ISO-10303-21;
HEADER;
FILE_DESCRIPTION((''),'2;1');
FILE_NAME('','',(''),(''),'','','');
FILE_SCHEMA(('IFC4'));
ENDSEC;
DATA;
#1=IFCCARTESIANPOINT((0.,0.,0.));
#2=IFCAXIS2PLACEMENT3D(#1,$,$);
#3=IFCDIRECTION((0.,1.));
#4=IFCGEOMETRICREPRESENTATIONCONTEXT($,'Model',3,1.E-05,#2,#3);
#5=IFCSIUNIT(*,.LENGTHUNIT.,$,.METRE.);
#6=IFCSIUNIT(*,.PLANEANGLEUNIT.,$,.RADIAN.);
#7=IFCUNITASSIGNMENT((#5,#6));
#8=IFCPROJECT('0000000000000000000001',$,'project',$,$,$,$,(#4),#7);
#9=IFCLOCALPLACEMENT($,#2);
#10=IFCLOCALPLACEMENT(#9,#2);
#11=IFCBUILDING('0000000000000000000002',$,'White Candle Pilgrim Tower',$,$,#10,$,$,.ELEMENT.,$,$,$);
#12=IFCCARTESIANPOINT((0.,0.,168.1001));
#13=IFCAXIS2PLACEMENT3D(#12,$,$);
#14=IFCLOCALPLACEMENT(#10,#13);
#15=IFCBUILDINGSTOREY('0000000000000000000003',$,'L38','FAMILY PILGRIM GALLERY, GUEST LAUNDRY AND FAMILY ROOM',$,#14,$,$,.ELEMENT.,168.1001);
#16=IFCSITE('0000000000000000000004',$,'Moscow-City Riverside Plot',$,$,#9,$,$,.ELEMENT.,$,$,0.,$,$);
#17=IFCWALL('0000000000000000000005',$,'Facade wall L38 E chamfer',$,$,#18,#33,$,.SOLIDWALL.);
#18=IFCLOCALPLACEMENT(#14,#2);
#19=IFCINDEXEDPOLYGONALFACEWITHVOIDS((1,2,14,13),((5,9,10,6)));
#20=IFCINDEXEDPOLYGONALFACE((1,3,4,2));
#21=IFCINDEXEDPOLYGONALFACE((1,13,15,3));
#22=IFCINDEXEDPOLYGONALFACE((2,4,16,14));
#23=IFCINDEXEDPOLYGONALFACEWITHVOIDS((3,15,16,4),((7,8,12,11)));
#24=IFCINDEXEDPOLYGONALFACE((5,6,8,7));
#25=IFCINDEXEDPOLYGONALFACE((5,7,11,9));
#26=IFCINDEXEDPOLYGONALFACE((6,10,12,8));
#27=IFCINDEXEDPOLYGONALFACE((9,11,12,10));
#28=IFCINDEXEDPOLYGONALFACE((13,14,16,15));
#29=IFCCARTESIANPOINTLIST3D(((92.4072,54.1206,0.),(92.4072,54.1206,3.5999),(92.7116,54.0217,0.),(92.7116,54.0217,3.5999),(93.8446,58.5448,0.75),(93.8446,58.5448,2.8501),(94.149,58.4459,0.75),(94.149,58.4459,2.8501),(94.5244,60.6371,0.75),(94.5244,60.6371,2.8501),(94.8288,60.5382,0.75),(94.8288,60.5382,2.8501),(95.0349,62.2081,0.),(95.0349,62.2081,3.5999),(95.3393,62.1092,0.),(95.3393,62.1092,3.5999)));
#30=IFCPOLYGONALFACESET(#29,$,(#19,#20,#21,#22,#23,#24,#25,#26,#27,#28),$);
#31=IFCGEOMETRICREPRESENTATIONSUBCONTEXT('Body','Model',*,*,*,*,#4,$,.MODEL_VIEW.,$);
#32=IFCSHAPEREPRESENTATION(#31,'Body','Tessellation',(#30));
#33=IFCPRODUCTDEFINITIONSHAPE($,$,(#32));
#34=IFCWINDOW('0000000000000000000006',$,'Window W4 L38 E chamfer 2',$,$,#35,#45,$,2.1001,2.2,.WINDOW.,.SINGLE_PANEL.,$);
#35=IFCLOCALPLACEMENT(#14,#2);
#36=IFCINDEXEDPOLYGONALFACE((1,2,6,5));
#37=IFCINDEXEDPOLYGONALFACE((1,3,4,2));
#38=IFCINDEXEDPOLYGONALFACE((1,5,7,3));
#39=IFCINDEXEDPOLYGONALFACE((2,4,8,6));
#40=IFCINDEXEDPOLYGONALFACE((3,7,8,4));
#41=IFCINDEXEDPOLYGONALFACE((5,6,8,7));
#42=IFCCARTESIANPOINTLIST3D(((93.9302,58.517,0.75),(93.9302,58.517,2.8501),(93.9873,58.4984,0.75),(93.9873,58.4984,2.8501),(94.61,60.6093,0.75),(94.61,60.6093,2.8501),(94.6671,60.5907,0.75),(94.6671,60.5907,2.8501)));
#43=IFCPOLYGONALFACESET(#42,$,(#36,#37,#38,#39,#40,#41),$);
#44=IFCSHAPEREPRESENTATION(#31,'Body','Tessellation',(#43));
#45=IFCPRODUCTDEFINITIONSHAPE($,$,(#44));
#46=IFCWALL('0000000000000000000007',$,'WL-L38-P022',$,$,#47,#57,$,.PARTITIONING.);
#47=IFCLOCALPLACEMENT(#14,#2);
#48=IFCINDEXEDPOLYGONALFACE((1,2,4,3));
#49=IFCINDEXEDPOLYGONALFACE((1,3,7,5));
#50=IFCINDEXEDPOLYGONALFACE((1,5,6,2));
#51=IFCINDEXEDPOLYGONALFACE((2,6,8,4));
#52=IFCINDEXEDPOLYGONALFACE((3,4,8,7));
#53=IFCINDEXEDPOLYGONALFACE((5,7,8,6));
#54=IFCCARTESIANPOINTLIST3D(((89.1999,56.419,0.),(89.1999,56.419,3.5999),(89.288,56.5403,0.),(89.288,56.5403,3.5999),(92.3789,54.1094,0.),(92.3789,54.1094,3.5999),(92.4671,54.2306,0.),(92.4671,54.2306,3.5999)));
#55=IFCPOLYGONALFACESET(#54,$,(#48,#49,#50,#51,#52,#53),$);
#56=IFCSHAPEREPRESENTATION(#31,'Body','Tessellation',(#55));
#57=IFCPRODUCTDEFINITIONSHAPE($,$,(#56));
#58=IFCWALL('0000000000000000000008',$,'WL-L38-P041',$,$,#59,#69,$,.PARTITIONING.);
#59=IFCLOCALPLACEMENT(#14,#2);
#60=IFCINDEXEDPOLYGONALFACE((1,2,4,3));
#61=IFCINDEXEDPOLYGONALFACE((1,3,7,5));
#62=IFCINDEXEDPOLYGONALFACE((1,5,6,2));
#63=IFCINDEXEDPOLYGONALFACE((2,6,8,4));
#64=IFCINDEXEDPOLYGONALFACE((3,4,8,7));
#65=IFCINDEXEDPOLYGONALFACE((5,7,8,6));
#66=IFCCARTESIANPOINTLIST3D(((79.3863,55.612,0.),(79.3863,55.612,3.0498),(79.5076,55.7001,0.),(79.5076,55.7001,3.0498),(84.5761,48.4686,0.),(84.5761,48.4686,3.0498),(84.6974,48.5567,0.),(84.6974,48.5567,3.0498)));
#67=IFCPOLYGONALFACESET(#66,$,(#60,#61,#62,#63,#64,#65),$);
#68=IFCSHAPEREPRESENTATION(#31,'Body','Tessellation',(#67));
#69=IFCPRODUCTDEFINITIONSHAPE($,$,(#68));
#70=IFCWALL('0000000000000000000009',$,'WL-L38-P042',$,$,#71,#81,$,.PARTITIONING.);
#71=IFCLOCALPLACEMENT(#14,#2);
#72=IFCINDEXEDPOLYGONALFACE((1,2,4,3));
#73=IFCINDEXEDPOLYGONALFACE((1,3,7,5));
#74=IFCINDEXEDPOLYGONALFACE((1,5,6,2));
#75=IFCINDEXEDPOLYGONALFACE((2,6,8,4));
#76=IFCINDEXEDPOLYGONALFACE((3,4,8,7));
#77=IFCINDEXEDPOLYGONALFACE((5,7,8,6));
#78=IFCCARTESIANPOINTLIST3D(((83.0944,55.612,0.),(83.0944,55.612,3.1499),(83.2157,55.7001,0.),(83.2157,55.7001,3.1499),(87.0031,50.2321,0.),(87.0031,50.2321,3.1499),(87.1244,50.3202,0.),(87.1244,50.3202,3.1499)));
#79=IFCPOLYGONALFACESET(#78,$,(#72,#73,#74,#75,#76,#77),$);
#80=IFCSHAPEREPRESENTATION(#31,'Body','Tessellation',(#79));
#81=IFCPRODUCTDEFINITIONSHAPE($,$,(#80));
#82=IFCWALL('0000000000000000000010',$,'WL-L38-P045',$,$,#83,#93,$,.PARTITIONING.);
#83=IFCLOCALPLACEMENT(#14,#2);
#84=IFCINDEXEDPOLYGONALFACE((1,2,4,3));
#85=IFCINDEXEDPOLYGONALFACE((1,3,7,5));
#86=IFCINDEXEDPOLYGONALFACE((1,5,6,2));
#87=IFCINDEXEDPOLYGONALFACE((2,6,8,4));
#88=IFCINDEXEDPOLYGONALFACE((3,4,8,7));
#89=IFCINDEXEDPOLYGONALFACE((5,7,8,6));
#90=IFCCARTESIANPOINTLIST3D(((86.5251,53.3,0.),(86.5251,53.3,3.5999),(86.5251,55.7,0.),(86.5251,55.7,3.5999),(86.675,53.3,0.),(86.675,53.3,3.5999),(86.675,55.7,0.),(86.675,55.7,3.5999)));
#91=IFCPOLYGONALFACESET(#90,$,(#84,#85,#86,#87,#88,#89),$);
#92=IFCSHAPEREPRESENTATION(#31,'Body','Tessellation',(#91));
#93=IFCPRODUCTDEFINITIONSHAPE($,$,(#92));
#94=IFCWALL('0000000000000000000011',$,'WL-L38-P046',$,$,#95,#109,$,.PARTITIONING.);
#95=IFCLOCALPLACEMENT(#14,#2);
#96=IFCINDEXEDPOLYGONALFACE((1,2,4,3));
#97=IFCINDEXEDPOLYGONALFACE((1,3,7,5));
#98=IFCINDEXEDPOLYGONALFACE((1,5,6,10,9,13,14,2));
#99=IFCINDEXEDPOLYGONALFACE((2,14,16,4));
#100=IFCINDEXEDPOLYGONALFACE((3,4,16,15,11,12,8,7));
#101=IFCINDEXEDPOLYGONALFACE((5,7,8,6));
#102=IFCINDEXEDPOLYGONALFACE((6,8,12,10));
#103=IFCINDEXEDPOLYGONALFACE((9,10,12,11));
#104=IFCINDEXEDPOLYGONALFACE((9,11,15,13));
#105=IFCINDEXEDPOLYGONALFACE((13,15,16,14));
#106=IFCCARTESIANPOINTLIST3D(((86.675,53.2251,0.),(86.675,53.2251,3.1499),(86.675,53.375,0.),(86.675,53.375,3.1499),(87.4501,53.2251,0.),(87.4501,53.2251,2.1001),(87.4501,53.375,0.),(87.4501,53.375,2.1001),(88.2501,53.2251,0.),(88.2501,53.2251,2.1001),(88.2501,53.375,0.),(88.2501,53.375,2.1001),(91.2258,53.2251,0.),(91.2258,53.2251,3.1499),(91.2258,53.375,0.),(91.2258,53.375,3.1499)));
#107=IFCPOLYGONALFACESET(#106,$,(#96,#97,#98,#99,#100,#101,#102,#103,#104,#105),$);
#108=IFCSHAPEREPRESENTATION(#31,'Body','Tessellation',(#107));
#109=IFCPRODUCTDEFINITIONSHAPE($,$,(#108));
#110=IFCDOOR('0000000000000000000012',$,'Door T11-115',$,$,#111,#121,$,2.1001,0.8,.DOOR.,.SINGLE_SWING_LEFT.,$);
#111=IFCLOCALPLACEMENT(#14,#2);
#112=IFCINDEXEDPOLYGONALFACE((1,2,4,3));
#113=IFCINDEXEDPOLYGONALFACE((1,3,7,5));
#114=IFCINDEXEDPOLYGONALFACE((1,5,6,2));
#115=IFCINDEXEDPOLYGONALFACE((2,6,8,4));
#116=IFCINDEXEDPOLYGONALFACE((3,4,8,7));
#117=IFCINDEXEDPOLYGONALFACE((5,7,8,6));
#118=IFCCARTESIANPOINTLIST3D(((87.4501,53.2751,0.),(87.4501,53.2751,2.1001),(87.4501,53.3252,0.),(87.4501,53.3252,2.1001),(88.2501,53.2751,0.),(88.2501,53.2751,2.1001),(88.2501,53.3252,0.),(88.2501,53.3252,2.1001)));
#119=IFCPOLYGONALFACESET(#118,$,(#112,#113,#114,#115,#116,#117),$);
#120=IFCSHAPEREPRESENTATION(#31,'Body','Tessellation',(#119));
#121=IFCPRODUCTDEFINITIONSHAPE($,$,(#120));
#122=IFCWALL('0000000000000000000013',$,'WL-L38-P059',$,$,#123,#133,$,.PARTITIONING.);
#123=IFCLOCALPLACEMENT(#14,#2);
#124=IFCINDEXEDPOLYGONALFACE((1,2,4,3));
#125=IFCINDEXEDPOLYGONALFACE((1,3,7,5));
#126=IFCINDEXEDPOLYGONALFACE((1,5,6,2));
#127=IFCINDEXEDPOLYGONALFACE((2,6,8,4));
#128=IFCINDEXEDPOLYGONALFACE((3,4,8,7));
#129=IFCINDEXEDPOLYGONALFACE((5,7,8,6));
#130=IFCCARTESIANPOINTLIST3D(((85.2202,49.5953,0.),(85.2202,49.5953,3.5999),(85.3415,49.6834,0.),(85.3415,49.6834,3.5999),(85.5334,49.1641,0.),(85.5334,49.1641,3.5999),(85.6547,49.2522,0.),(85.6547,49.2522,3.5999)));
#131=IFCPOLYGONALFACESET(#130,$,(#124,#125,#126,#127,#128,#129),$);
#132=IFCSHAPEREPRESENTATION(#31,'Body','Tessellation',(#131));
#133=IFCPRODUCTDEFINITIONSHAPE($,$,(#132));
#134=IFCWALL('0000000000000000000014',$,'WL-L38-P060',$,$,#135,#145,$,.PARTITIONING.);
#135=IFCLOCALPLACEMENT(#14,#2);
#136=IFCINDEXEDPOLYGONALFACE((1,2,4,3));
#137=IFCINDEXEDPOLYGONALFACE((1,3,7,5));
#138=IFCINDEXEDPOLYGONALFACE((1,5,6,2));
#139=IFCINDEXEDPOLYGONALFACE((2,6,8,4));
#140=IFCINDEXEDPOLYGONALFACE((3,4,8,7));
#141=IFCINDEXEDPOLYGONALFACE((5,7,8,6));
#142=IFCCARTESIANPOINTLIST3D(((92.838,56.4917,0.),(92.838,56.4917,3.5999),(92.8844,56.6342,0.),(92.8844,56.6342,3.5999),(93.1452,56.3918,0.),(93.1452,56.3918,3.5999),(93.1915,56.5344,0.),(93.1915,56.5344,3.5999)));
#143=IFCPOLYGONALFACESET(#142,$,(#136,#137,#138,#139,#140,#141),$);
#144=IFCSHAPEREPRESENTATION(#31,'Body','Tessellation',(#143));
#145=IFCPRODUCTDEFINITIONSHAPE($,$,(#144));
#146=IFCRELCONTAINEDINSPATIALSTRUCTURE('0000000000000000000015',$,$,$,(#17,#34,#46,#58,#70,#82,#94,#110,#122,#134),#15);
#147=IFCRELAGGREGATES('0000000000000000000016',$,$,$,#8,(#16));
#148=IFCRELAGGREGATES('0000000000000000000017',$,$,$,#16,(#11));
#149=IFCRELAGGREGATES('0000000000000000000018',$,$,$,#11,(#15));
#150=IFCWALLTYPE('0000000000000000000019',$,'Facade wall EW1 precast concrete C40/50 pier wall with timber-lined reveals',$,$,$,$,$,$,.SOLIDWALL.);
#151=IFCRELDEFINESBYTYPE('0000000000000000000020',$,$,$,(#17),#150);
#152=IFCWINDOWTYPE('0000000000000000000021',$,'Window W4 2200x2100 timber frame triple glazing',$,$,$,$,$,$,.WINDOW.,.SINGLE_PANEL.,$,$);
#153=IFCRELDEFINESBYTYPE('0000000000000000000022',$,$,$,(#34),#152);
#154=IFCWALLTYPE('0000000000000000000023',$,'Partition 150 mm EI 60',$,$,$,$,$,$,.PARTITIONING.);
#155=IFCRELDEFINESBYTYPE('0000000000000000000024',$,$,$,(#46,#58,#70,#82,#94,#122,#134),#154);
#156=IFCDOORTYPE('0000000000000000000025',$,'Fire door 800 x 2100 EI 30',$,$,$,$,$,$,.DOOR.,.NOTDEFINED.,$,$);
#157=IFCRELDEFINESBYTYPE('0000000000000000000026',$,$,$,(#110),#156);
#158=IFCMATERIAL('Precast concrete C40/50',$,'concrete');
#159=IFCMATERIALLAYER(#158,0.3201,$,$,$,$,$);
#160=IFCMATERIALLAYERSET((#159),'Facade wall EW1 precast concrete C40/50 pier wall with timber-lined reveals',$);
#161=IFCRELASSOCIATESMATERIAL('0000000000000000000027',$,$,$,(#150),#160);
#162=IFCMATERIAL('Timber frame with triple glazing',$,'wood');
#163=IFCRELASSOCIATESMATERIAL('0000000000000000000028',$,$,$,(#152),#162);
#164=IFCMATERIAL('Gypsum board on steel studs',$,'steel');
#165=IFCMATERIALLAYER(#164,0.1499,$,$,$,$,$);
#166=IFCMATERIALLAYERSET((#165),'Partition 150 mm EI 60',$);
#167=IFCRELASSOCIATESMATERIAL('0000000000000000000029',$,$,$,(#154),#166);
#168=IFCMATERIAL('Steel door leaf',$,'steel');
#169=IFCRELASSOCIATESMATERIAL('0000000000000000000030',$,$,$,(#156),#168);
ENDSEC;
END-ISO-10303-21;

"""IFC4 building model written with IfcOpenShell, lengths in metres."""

from ifc_helpers import new_model, si_unit, direction, frame, frame_2d, origin, place, context, subcontext, project, spatial, rectangle, extrude, material, layer, layer_set, type_object, element, fill, save


model = new_model("IFC4")

# Units and contexts
model_context = context("Model", 3, precision=1e-05, world=origin(), true_north=direction((0.0, 1.0)))
body_context = subcontext(model_context, "Body", "Model", "MODEL_VIEW")
ifc_project = project(units=[si_unit("LENGTHUNIT", "METRE"), si_unit("PLANEANGLEUNIT", "RADIAN")], contexts=[model_context])

# Site, building, storey
site_placement = place(None, origin())
site = spatial("IfcSite", under=ifc_project, at=site_placement, Name="Moscow-City Riverside Plot", CompositionType="ELEMENT", RefElevation=0.0)
building_placement = place(site_placement, origin())
building = spatial("IfcBuilding", under=site, at=building_placement, Name="White Candle Pilgrim Tower", CompositionType="ELEMENT")
storey_placement = place(building_placement, frame((0.0, 0.0, 168.1001)))
storey = spatial("IfcBuildingStorey", under=building, at=storey_placement, Name="L38", Description="FAMILY PILGRIM GALLERY, GUEST LAUNDRY AND FAMILY ROOM", CompositionType="ELEMENT", Elevation=168.1001)

# Shared definitions
ifc_material_1 = material(Name="Gypsum board on steel studs", Category="steel")
ifc_material_2 = material(Name="Steel door leaf", Category="steel")

# Wall, opening, window
ifc_material_3 = material(Name="Precast concrete C40/50", Category="concrete")
ifc_layer_1 = layer(ifc_material_3, 0.3201)
ifc_layer_set_1 = layer_set([ifc_layer_1], Name="Facade wall EW1 precast concrete C40/50 pier wall with timber-lined reveals")
wall_type_1 = type_object("IfcWallType", Name="Facade wall EW1 precast concrete C40/50 pier wall with timber-lined reveals", PredefinedType="SOLIDWALL", material=ifc_layer_set_1)
wall_1_placement = place(storey_placement, frame((92.5593, 54.071, 0.0), z_axis=(0.0, 0.0, 1.0), x_axis=(0.309009, 0.951059, 0.0)))
wall_1 = element("IfcWall", 1, at=wall_1_placement, inside=storey, type_object=wall_type_1, Name="Facade wall L38 E chamfer", PredefinedType="SOLIDWALL", context=body_context, shape_type="SweptSolid", body=[
    extrude(rectangle(XDim=8.5037, YDim=0.3201, at=frame_2d((4.252, 0.0))), origin(), (0.0, 0.0, 1.0), 3.5999),
])
opening_1_placement = place(wall_1_placement, frame((4.6519, 0.0, 0.75)))
opening_1 = element("IfcOpeningElement", 2, at=opening_1_placement, cuts=wall_1, PredefinedType="OPENING", context=body_context, shape_type="SweptSolid", body=[
    extrude(rectangle(XDim=2.2, YDim=2.1001, at=frame_2d((1.1001, 1.05))), frame((0.0, 0.1699, 0.0), z_axis=(0.0, -1.0, 0.0), x_axis=(1.0, 0.0, 0.0)), (0.0, 0.0, 1.0), 0.3401),
])
ifc_material_4 = material(Name="Timber frame with triple glazing", Category="wood")
window_type = type_object("IfcWindowType", Name="Window W4 2200x2100 timber frame triple glazing", PartitioningType="SINGLE_PANEL", PredefinedType="WINDOW", material=ifc_material_4)
window_placement = place(opening_1_placement, origin())
window = element("IfcWindow", 3, at=window_placement, inside=storey, type_object=window_type, Name="Window W4 L38 E chamfer 2", OverallHeight=2.1001, OverallWidth=2.2, PartitioningType="SINGLE_PANEL", PredefinedType="WINDOW", context=body_context, shape_type="SweptSolid", body=[
    extrude(rectangle(XDim=2.2, YDim=2.1001, at=frame_2d((1.1001, 1.05))), frame((0.0, 0.0701, 0.0), z_axis=(0.0, -1.0, 0.0), x_axis=(1.0, 0.0, 0.0)), (0.0, 0.0, 1.0), 0.0601),
])
fill(opening_1, window)

# Walls
ifc_layer_2 = layer(ifc_material_1, 0.1499)
ifc_layer_set_2 = layer_set([ifc_layer_2], Name="Partition 150 mm EI 60")
wall_type_2 = type_object("IfcWallType", Name="Partition 150 mm EI 60", PredefinedType="PARTITIONING", material=ifc_layer_set_2)
wall_2_placement = place(storey_placement, frame((92.4231, 54.1699, 0.0), z_axis=(0.0, 0.0, 1.0), x_axis=(-0.809026, 0.587773, 0.0)))
element("IfcWall", 4, at=wall_2_placement, inside=storey, type_object=wall_type_2, Name="WL-L38-P022", PredefinedType="PARTITIONING", context=body_context, shape_type="SweptSolid", body=[
    extrude(rectangle(XDim=3.9294, YDim=0.1499, at=frame_2d((1.9648, 0.0))), origin(), (0.0, 0.0, 1.0), 3.5999),
])
wall_3_placement = place(storey_placement, frame((84.6367, 48.5127, 0.0), z_axis=(0.0, 0.0, 1.0), x_axis=(-0.587769, 0.809029, 0.0)))
element("IfcWall", 5, at=wall_3_placement, inside=storey, type_object=wall_type_2, Name="WL-L38-P041", PredefinedType="PARTITIONING", context=body_context, shape_type="SweptSolid", body=[
    extrude(rectangle(XDim=8.8296, YDim=0.1499, at=frame_2d((4.4148, 0.0))), origin(), (0.0, 0.0, 1.0), 3.0498),
])
wall_4_placement = place(storey_placement, frame((87.0637, 50.2761, 0.0), z_axis=(0.0, 0.0, 1.0), x_axis=(-0.587783, 0.809019, 0.0)))
element("IfcWall", 6, at=wall_4_placement, inside=storey, type_object=wall_type_2, Name="WL-L38-P042", PredefinedType="PARTITIONING", context=body_context, shape_type="SweptSolid", body=[
    extrude(rectangle(XDim=6.6499, YDim=0.1499, at=frame_2d((3.325, 0.0))), origin(), (0.0, 0.0, 1.0), 3.1499),
])
wall_5_placement = place(storey_placement, frame((86.6001, 55.7, 0.0), z_axis=(0.0, 0.0, 1.0), x_axis=(0.0, -1.0, 0.0)))
element("IfcWall", 7, at=wall_5_placement, inside=storey, type_object=wall_type_2, Name="WL-L38-P045", PredefinedType="PARTITIONING", context=body_context, shape_type="SweptSolid", body=[
    extrude(rectangle(XDim=2.3999, YDim=0.1499, at=frame_2d((1.2, 0.0))), origin(), (0.0, 0.0, 1.0), 3.5999),
])

# Wall, opening, door
wall_6_placement = place(storey_placement, frame((91.2258, 53.3, 0.0), z_axis=(0.0, 0.0, 1.0), x_axis=(-1.0, 0.0, 0.0)))
wall_6 = element("IfcWall", 8, at=wall_6_placement, inside=storey, type_object=wall_type_2, Name="WL-L38-P046", PredefinedType="PARTITIONING", context=body_context, shape_type="SweptSolid", body=[
    extrude(rectangle(XDim=4.5508, YDim=0.1499, at=frame_2d((2.2754, 0.0))), origin(), (0.0, 0.0, 1.0), 3.1499),
])
opening_2_placement = place(wall_6_placement, frame((2.9758, 0.0, 0.0)))
opening_2 = element("IfcOpeningElement", 9, at=opening_2_placement, cuts=wall_6, PredefinedType="OPENING", context=body_context, shape_type="SweptSolid", body=[
    extrude(rectangle(XDim=0.8, YDim=2.1001, at=frame_2d((0.3999, 1.05))), frame((0.0, 0.085, 0.0), z_axis=(0.0, -1.0, 0.0), x_axis=(1.0, 0.0, 0.0)), (0.0, 0.0, 1.0), 0.1699),
])
door_type_1 = type_object("IfcDoorType", Name="Fire door 800 x 2100 EI 30", OperationType="NOTDEFINED", PredefinedType="DOOR", material=ifc_material_2)
door_1_placement = place(opening_2_placement, origin())
door_1 = element("IfcDoor", 10, at=door_1_placement, inside=storey, type_object=door_type_1, Name="Door T11-115", OperationType="SINGLE_SWING_LEFT", OverallHeight=2.1001, OverallWidth=0.8, PredefinedType="DOOR", context=body_context, shape_type="SweptSolid", body=[
    extrude(rectangle(XDim=0.8, YDim=2.1001, at=frame_2d((0.3999, 1.05))), frame((0.0, 0.0249, 0.0), z_axis=(0.0, -1.0, 0.0), x_axis=(1.0, 0.0, 0.0)), (0.0, 0.0, 1.0), 0.05),
])
fill(opening_2, door_1)

# Walls
wall_7_placement = place(storey_placement, frame((85.2808, 49.6394, 0.0), z_axis=(0.0, 0.0, 1.0), x_axis=(0.587763, -0.809033, 0.0)))
element("IfcWall", 11, at=wall_7_placement, inside=storey, type_object=wall_type_2, Name="WL-L38-P059", PredefinedType="PARTITIONING", context=body_context, shape_type="SweptSolid", body=[
    extrude(rectangle(XDim=0.533, YDim=0.1499, at=frame_2d((0.2666, 0.0))), origin(), (0.0, 0.0, 1.0), 3.5999),
])
wall_8_placement = place(storey_placement, frame((92.8611, 56.563, 0.0), z_axis=(0.0, 0.0, 1.0), x_axis=(0.951001, -0.309189, 0.0)))
element("IfcWall", 12, at=wall_8_placement, inside=storey, type_object=wall_type_2, Name="WL-L38-P060", PredefinedType="PARTITIONING", context=body_context, shape_type="SweptSolid", body=[
    extrude(rectangle(XDim=0.323, YDim=0.1499, at=frame_2d((0.1616, 0.0))), origin(), (0.0, 0.0, 1.0), 3.5999),
])

save(model, "model.ifc")
